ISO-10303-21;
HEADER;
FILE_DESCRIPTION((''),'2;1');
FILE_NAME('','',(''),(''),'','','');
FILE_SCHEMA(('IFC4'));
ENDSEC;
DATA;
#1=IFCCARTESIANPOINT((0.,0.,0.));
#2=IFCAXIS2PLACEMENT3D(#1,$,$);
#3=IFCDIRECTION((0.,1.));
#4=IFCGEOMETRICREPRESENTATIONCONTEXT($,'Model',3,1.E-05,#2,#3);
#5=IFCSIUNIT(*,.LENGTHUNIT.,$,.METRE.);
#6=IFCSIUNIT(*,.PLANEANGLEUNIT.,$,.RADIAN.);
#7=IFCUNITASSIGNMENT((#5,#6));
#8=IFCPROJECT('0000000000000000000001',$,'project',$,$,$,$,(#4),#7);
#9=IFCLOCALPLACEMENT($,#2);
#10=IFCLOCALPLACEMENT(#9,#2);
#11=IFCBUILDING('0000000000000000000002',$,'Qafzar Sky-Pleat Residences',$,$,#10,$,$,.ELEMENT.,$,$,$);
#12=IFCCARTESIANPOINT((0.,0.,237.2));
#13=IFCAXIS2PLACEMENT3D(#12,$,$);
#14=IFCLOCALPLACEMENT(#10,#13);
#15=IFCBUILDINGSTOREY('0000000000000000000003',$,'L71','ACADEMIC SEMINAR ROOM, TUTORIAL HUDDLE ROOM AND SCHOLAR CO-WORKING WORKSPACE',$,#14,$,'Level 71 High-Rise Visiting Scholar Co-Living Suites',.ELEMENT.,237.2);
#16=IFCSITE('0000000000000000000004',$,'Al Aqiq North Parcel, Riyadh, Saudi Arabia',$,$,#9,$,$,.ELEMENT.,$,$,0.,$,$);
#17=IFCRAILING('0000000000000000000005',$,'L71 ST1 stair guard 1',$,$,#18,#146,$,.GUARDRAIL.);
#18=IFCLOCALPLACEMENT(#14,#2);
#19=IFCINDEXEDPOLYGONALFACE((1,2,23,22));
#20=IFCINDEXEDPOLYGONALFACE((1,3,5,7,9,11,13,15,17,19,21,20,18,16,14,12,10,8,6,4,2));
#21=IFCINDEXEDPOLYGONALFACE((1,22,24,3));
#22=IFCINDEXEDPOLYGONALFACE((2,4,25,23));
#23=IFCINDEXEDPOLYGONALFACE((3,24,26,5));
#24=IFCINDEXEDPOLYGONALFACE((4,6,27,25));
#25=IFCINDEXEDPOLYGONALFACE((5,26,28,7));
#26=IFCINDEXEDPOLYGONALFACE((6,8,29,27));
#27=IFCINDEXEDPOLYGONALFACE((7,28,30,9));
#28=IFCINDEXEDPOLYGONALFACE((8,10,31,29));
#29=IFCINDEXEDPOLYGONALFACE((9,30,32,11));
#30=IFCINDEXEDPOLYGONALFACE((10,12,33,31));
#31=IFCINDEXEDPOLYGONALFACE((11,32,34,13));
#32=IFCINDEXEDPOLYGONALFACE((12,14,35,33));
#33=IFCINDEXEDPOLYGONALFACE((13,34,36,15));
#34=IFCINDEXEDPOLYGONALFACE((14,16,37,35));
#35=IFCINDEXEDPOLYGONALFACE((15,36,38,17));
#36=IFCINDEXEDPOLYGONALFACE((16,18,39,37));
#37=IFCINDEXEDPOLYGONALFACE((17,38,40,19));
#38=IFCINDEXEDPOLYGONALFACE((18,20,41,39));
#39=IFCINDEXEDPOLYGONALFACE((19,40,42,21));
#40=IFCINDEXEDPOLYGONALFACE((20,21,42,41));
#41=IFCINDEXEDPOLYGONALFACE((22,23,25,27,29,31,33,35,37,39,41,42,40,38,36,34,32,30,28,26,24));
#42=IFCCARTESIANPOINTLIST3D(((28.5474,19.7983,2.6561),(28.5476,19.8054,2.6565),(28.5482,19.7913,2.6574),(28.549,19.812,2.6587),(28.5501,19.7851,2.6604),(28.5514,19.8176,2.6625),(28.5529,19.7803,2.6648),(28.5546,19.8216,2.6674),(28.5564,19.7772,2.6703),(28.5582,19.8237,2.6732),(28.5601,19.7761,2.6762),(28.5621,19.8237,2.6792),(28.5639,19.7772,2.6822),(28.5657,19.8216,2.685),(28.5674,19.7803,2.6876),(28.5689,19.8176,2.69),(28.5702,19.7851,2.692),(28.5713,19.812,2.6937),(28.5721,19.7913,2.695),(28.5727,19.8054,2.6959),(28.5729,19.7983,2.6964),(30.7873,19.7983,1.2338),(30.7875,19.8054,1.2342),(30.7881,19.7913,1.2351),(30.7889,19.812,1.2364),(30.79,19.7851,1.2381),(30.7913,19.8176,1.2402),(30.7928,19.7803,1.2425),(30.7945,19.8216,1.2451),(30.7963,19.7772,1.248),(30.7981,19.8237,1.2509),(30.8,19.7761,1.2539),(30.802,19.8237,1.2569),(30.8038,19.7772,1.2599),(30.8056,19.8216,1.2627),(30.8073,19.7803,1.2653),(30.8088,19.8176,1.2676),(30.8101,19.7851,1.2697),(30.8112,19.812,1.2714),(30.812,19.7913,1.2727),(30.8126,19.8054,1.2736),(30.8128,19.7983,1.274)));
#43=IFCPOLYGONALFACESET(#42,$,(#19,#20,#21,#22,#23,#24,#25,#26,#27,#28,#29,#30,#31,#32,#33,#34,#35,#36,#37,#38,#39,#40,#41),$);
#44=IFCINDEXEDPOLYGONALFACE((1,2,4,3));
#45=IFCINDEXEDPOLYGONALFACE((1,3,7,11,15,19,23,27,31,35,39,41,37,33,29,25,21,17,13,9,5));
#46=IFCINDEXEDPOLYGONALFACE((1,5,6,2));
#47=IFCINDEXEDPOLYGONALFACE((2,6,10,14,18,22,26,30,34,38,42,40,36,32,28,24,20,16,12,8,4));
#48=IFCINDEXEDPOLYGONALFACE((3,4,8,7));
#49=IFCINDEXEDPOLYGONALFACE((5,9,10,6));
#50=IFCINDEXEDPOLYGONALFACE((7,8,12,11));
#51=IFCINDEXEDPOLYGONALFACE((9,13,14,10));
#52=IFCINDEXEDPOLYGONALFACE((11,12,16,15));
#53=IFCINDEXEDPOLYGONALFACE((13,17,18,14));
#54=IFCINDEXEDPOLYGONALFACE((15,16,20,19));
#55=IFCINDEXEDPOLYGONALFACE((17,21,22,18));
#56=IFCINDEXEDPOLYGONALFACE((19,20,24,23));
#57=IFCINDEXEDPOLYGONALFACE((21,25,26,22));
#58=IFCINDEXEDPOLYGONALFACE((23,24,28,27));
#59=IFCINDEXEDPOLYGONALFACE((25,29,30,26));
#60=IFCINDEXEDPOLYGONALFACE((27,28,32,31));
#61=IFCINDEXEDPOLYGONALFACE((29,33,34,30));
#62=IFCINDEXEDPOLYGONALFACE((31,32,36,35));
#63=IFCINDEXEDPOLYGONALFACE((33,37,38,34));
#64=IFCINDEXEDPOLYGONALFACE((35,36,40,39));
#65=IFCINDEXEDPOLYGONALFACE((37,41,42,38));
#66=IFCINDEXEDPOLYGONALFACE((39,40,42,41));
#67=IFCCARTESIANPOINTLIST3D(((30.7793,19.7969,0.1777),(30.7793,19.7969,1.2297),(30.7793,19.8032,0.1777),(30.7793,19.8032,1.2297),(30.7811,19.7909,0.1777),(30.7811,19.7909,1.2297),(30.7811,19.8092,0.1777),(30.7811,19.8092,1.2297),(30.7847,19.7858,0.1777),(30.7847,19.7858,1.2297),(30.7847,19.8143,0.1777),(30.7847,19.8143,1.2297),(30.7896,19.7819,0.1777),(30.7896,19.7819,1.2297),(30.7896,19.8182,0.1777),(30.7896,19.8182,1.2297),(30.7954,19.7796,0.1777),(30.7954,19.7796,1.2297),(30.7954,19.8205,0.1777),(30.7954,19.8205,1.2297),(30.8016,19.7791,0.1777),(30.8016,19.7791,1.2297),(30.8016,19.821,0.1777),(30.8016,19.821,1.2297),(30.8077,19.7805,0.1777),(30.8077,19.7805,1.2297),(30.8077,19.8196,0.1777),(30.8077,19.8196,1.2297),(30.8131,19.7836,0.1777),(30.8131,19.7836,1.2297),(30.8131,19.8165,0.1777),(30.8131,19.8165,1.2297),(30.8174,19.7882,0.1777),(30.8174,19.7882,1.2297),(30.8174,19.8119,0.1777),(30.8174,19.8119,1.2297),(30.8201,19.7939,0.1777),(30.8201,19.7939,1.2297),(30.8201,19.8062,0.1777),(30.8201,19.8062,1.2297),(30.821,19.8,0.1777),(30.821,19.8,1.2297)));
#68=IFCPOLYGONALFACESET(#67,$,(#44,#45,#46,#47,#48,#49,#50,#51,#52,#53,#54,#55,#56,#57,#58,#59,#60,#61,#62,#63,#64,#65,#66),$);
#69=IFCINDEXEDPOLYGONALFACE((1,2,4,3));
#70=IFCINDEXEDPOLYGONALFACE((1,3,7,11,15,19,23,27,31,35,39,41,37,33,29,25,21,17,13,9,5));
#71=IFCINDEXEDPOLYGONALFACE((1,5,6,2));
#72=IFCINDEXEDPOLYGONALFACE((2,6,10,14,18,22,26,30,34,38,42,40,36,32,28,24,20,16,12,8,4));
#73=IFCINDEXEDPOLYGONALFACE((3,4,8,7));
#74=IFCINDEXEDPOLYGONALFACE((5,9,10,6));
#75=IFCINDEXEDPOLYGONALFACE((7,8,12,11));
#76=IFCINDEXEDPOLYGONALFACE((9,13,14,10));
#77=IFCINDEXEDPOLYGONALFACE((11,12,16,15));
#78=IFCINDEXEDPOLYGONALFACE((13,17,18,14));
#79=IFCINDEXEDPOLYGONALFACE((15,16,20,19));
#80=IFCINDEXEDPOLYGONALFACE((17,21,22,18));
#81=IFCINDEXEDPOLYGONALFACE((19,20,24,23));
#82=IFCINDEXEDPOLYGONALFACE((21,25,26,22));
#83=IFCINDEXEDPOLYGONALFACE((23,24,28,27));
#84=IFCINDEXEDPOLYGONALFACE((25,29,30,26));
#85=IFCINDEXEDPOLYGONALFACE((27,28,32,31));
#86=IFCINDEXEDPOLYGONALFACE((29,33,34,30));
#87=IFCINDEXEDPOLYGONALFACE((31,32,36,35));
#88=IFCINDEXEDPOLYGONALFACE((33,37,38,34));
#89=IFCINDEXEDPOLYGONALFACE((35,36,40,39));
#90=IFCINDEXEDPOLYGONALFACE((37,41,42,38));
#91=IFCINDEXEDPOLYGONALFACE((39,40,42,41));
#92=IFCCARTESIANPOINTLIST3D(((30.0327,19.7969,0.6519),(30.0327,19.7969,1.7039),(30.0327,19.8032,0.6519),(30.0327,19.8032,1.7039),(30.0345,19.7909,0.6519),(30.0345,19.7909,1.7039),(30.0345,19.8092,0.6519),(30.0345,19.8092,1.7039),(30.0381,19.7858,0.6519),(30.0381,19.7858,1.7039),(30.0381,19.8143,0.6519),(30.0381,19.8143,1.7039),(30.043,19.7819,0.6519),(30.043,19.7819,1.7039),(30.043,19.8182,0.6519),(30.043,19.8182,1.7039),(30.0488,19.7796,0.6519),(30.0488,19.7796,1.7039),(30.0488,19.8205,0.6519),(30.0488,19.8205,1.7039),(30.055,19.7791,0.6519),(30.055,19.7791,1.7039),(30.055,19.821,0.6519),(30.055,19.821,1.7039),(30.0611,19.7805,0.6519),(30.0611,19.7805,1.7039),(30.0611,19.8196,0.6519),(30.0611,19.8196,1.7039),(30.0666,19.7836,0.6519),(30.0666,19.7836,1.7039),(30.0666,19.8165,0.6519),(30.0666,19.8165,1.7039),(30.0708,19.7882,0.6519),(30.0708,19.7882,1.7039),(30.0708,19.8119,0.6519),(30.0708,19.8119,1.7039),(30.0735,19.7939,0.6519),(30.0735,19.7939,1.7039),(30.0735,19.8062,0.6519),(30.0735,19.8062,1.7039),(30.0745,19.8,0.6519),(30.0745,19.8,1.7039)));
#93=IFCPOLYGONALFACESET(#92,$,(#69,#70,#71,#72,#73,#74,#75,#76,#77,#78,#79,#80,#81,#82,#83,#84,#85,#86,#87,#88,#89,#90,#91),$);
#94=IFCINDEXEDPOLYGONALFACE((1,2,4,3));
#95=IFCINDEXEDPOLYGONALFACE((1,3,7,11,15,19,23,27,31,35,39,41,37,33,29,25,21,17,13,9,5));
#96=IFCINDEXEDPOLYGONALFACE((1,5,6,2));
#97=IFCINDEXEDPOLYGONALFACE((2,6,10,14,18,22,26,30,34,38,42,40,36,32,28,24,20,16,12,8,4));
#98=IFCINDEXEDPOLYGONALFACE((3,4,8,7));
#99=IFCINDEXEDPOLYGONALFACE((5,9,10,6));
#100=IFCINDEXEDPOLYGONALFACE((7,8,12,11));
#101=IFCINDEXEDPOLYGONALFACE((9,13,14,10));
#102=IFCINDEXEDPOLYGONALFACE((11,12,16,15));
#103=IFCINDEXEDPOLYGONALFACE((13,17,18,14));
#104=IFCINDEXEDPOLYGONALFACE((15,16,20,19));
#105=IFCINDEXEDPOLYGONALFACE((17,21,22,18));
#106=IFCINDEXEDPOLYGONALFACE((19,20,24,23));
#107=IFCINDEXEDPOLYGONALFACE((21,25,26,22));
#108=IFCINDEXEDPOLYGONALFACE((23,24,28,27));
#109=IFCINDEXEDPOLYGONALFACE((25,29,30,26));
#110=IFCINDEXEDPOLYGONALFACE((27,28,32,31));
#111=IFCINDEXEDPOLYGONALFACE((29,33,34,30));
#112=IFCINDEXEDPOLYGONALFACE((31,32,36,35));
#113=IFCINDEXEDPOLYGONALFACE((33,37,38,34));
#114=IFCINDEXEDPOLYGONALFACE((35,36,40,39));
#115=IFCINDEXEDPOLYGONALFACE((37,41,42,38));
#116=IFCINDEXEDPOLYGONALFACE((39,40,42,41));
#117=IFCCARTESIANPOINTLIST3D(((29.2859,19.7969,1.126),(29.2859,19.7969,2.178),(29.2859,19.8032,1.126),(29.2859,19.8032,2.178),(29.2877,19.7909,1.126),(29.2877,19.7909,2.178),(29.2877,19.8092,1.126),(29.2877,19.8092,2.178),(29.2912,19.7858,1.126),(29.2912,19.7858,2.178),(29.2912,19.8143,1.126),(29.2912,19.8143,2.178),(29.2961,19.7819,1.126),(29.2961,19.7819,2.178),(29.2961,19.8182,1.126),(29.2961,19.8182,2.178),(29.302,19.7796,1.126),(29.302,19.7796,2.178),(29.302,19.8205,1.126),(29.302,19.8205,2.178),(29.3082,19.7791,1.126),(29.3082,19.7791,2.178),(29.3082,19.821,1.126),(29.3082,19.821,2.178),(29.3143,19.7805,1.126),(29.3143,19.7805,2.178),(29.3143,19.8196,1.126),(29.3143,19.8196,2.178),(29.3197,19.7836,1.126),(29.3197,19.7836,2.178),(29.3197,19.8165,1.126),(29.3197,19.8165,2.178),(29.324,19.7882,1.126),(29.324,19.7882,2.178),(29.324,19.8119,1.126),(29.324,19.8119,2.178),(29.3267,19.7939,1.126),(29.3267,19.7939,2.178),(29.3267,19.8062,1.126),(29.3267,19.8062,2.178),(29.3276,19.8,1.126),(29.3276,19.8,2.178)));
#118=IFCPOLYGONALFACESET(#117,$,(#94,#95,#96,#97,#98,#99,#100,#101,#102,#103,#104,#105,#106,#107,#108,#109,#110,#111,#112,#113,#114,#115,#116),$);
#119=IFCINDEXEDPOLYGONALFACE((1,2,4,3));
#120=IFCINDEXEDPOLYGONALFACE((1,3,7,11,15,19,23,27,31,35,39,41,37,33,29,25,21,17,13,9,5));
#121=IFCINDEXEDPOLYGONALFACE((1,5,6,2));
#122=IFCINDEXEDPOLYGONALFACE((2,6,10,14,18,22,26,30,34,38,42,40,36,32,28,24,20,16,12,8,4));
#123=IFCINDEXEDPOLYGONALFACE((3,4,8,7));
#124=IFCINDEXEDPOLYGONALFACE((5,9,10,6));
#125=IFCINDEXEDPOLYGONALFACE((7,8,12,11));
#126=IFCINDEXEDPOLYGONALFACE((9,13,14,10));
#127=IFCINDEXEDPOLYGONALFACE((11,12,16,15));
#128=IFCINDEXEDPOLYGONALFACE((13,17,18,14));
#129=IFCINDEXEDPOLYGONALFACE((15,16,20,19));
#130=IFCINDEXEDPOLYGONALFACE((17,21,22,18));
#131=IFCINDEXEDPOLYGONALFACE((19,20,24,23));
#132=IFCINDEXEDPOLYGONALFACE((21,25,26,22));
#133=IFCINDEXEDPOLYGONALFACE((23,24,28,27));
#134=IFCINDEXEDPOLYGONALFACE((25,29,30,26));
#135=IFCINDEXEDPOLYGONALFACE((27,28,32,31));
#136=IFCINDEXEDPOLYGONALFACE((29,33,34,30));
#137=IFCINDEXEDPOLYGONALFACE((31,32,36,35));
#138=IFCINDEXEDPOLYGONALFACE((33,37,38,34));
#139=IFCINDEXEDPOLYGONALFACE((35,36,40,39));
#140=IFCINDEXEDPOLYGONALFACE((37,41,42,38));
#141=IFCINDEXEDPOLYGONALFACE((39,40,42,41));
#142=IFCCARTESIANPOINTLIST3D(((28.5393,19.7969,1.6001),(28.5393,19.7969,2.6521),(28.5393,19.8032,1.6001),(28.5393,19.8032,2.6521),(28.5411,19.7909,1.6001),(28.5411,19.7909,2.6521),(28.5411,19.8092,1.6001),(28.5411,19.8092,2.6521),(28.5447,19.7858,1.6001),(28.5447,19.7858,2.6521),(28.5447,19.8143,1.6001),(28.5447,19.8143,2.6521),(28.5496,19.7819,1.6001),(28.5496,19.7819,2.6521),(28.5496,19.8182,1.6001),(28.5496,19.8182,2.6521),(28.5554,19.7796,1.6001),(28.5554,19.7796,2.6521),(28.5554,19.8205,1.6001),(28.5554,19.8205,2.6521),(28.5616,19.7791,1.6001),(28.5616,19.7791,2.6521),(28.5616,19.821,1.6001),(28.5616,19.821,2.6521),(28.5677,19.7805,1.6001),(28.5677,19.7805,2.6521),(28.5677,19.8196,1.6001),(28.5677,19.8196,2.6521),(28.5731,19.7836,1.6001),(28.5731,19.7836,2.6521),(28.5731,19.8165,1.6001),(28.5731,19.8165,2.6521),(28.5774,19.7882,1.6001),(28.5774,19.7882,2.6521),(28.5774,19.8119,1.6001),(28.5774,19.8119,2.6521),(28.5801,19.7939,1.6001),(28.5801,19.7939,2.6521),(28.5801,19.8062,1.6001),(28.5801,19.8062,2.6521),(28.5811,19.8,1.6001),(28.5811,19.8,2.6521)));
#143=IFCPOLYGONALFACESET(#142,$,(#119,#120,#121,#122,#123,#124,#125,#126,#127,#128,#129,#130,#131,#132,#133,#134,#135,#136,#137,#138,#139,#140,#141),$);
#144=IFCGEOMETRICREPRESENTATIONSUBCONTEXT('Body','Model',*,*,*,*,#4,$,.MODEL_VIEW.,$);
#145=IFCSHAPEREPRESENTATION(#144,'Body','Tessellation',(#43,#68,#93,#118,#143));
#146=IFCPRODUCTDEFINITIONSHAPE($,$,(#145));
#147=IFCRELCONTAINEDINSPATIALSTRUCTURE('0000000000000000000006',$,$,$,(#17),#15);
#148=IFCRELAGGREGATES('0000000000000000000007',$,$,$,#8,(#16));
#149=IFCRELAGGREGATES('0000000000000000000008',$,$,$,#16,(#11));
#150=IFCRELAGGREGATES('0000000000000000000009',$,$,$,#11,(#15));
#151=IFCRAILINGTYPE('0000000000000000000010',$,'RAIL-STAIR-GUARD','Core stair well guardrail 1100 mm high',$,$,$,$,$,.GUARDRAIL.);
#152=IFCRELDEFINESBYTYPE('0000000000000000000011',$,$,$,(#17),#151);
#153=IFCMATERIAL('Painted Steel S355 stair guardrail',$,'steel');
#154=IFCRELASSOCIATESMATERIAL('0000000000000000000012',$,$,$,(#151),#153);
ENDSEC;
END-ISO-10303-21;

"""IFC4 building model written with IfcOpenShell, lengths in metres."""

from ifc_helpers import new_model, si_unit, direction, frame, origin, origin_2d, place, context, subcontext, project, spatial, circle, extrude, source, transform, mapped, material, type_object, element, save


model = new_model("IFC4")

# Units and contexts
model_context = context("Model", 3, precision=1e-05, world=origin(), true_north=direction((0.0, 1.0)))
body_context = subcontext(model_context, "Body", "Model", "MODEL_VIEW")
ifc_project = project(units=[si_unit("LENGTHUNIT", "METRE"), si_unit("PLANEANGLEUNIT", "RADIAN")], contexts=[model_context])

# Site, building, storey
site_placement = place(None, origin())
site = spatial("IfcSite", under=ifc_project, at=site_placement, Name="Al Aqiq North Parcel, Riyadh, Saudi Arabia", CompositionType="ELEMENT", RefElevation=0.0)
building_placement = place(site_placement, origin())
building = spatial("IfcBuilding", under=site, at=building_placement, Name="Qafzar Sky-Pleat Residences", CompositionType="ELEMENT")
storey_placement = place(building_placement, frame((0.0, 0.0, 237.2)))
storey = spatial("IfcBuildingStorey", under=building, at=storey_placement, Name="L71", Description="ACADEMIC SEMINAR ROOM, TUTORIAL HUDDLE ROOM AND SCHOLAR CO-WORKING WORKSPACE", LongName="Level 71 High-Rise Visiting Scholar Co-Living Suites", CompositionType="ELEMENT", Elevation=237.2)

# Railing
ifc_material_1 = material(Name="Painted Steel S355 stair guardrail", Category="steel")
railing_type_1 = type_object("IfcRailingType", Name="RAIL-STAIR-GUARD", Description="Core stair well guardrail 1100 mm high", PredefinedType="GUARDRAIL", material=ifc_material_1)
shared_shape_1 = source(origin(), body_context, "Body", "SweptSolid", [
    extrude(circle(Radius=0.0239, at=origin_2d()), frame((0.0, 0.0, 1.0762), z_axis=(-0.844188, 0.0, 0.536048), x_axis=(0.0, -1.0, 0.0)), (0.0, 0.0, 1.0), 2.6533),
    extrude(circle(Radius=0.021, at=origin_2d()), origin(), (0.0, 0.0, 1.0), 1.052),
    extrude(circle(Radius=0.021, at=origin_2d()), frame((-0.7466, 0.0, 0.4741)), (0.0, 0.0, 1.0), 1.052),
    extrude(circle(Radius=0.021, at=origin_2d()), frame((-1.4934, 0.0, 0.9482)), (0.0, 0.0, 1.0), 1.052),
    extrude(circle(Radius=0.021, at=origin_2d()), frame((-2.24, 0.0, 1.4224)), (0.0, 0.0, 1.0), 1.052),
])
railing_1_placement = place(storey_placement, frame((30.8, 19.8, 0.1777)))
element("IfcRailing", 1, at=railing_1_placement, inside=storey, type_object=railing_type_1, Name="L71 ST1 stair guard 1", PredefinedType="GUARDRAIL", context=body_context, shape_type="MappedRepresentation", body=[
    mapped(shared_shape_1, transform((0.0, 0.0, 0.0), x_axis=(1.0, 0.0, 0.0), y_axis=(0.0, 1.0, 0.0), z_axis=(0.0, 0.0, 1.0), scale=1.0)),
])

save(model, "model.ifc")
